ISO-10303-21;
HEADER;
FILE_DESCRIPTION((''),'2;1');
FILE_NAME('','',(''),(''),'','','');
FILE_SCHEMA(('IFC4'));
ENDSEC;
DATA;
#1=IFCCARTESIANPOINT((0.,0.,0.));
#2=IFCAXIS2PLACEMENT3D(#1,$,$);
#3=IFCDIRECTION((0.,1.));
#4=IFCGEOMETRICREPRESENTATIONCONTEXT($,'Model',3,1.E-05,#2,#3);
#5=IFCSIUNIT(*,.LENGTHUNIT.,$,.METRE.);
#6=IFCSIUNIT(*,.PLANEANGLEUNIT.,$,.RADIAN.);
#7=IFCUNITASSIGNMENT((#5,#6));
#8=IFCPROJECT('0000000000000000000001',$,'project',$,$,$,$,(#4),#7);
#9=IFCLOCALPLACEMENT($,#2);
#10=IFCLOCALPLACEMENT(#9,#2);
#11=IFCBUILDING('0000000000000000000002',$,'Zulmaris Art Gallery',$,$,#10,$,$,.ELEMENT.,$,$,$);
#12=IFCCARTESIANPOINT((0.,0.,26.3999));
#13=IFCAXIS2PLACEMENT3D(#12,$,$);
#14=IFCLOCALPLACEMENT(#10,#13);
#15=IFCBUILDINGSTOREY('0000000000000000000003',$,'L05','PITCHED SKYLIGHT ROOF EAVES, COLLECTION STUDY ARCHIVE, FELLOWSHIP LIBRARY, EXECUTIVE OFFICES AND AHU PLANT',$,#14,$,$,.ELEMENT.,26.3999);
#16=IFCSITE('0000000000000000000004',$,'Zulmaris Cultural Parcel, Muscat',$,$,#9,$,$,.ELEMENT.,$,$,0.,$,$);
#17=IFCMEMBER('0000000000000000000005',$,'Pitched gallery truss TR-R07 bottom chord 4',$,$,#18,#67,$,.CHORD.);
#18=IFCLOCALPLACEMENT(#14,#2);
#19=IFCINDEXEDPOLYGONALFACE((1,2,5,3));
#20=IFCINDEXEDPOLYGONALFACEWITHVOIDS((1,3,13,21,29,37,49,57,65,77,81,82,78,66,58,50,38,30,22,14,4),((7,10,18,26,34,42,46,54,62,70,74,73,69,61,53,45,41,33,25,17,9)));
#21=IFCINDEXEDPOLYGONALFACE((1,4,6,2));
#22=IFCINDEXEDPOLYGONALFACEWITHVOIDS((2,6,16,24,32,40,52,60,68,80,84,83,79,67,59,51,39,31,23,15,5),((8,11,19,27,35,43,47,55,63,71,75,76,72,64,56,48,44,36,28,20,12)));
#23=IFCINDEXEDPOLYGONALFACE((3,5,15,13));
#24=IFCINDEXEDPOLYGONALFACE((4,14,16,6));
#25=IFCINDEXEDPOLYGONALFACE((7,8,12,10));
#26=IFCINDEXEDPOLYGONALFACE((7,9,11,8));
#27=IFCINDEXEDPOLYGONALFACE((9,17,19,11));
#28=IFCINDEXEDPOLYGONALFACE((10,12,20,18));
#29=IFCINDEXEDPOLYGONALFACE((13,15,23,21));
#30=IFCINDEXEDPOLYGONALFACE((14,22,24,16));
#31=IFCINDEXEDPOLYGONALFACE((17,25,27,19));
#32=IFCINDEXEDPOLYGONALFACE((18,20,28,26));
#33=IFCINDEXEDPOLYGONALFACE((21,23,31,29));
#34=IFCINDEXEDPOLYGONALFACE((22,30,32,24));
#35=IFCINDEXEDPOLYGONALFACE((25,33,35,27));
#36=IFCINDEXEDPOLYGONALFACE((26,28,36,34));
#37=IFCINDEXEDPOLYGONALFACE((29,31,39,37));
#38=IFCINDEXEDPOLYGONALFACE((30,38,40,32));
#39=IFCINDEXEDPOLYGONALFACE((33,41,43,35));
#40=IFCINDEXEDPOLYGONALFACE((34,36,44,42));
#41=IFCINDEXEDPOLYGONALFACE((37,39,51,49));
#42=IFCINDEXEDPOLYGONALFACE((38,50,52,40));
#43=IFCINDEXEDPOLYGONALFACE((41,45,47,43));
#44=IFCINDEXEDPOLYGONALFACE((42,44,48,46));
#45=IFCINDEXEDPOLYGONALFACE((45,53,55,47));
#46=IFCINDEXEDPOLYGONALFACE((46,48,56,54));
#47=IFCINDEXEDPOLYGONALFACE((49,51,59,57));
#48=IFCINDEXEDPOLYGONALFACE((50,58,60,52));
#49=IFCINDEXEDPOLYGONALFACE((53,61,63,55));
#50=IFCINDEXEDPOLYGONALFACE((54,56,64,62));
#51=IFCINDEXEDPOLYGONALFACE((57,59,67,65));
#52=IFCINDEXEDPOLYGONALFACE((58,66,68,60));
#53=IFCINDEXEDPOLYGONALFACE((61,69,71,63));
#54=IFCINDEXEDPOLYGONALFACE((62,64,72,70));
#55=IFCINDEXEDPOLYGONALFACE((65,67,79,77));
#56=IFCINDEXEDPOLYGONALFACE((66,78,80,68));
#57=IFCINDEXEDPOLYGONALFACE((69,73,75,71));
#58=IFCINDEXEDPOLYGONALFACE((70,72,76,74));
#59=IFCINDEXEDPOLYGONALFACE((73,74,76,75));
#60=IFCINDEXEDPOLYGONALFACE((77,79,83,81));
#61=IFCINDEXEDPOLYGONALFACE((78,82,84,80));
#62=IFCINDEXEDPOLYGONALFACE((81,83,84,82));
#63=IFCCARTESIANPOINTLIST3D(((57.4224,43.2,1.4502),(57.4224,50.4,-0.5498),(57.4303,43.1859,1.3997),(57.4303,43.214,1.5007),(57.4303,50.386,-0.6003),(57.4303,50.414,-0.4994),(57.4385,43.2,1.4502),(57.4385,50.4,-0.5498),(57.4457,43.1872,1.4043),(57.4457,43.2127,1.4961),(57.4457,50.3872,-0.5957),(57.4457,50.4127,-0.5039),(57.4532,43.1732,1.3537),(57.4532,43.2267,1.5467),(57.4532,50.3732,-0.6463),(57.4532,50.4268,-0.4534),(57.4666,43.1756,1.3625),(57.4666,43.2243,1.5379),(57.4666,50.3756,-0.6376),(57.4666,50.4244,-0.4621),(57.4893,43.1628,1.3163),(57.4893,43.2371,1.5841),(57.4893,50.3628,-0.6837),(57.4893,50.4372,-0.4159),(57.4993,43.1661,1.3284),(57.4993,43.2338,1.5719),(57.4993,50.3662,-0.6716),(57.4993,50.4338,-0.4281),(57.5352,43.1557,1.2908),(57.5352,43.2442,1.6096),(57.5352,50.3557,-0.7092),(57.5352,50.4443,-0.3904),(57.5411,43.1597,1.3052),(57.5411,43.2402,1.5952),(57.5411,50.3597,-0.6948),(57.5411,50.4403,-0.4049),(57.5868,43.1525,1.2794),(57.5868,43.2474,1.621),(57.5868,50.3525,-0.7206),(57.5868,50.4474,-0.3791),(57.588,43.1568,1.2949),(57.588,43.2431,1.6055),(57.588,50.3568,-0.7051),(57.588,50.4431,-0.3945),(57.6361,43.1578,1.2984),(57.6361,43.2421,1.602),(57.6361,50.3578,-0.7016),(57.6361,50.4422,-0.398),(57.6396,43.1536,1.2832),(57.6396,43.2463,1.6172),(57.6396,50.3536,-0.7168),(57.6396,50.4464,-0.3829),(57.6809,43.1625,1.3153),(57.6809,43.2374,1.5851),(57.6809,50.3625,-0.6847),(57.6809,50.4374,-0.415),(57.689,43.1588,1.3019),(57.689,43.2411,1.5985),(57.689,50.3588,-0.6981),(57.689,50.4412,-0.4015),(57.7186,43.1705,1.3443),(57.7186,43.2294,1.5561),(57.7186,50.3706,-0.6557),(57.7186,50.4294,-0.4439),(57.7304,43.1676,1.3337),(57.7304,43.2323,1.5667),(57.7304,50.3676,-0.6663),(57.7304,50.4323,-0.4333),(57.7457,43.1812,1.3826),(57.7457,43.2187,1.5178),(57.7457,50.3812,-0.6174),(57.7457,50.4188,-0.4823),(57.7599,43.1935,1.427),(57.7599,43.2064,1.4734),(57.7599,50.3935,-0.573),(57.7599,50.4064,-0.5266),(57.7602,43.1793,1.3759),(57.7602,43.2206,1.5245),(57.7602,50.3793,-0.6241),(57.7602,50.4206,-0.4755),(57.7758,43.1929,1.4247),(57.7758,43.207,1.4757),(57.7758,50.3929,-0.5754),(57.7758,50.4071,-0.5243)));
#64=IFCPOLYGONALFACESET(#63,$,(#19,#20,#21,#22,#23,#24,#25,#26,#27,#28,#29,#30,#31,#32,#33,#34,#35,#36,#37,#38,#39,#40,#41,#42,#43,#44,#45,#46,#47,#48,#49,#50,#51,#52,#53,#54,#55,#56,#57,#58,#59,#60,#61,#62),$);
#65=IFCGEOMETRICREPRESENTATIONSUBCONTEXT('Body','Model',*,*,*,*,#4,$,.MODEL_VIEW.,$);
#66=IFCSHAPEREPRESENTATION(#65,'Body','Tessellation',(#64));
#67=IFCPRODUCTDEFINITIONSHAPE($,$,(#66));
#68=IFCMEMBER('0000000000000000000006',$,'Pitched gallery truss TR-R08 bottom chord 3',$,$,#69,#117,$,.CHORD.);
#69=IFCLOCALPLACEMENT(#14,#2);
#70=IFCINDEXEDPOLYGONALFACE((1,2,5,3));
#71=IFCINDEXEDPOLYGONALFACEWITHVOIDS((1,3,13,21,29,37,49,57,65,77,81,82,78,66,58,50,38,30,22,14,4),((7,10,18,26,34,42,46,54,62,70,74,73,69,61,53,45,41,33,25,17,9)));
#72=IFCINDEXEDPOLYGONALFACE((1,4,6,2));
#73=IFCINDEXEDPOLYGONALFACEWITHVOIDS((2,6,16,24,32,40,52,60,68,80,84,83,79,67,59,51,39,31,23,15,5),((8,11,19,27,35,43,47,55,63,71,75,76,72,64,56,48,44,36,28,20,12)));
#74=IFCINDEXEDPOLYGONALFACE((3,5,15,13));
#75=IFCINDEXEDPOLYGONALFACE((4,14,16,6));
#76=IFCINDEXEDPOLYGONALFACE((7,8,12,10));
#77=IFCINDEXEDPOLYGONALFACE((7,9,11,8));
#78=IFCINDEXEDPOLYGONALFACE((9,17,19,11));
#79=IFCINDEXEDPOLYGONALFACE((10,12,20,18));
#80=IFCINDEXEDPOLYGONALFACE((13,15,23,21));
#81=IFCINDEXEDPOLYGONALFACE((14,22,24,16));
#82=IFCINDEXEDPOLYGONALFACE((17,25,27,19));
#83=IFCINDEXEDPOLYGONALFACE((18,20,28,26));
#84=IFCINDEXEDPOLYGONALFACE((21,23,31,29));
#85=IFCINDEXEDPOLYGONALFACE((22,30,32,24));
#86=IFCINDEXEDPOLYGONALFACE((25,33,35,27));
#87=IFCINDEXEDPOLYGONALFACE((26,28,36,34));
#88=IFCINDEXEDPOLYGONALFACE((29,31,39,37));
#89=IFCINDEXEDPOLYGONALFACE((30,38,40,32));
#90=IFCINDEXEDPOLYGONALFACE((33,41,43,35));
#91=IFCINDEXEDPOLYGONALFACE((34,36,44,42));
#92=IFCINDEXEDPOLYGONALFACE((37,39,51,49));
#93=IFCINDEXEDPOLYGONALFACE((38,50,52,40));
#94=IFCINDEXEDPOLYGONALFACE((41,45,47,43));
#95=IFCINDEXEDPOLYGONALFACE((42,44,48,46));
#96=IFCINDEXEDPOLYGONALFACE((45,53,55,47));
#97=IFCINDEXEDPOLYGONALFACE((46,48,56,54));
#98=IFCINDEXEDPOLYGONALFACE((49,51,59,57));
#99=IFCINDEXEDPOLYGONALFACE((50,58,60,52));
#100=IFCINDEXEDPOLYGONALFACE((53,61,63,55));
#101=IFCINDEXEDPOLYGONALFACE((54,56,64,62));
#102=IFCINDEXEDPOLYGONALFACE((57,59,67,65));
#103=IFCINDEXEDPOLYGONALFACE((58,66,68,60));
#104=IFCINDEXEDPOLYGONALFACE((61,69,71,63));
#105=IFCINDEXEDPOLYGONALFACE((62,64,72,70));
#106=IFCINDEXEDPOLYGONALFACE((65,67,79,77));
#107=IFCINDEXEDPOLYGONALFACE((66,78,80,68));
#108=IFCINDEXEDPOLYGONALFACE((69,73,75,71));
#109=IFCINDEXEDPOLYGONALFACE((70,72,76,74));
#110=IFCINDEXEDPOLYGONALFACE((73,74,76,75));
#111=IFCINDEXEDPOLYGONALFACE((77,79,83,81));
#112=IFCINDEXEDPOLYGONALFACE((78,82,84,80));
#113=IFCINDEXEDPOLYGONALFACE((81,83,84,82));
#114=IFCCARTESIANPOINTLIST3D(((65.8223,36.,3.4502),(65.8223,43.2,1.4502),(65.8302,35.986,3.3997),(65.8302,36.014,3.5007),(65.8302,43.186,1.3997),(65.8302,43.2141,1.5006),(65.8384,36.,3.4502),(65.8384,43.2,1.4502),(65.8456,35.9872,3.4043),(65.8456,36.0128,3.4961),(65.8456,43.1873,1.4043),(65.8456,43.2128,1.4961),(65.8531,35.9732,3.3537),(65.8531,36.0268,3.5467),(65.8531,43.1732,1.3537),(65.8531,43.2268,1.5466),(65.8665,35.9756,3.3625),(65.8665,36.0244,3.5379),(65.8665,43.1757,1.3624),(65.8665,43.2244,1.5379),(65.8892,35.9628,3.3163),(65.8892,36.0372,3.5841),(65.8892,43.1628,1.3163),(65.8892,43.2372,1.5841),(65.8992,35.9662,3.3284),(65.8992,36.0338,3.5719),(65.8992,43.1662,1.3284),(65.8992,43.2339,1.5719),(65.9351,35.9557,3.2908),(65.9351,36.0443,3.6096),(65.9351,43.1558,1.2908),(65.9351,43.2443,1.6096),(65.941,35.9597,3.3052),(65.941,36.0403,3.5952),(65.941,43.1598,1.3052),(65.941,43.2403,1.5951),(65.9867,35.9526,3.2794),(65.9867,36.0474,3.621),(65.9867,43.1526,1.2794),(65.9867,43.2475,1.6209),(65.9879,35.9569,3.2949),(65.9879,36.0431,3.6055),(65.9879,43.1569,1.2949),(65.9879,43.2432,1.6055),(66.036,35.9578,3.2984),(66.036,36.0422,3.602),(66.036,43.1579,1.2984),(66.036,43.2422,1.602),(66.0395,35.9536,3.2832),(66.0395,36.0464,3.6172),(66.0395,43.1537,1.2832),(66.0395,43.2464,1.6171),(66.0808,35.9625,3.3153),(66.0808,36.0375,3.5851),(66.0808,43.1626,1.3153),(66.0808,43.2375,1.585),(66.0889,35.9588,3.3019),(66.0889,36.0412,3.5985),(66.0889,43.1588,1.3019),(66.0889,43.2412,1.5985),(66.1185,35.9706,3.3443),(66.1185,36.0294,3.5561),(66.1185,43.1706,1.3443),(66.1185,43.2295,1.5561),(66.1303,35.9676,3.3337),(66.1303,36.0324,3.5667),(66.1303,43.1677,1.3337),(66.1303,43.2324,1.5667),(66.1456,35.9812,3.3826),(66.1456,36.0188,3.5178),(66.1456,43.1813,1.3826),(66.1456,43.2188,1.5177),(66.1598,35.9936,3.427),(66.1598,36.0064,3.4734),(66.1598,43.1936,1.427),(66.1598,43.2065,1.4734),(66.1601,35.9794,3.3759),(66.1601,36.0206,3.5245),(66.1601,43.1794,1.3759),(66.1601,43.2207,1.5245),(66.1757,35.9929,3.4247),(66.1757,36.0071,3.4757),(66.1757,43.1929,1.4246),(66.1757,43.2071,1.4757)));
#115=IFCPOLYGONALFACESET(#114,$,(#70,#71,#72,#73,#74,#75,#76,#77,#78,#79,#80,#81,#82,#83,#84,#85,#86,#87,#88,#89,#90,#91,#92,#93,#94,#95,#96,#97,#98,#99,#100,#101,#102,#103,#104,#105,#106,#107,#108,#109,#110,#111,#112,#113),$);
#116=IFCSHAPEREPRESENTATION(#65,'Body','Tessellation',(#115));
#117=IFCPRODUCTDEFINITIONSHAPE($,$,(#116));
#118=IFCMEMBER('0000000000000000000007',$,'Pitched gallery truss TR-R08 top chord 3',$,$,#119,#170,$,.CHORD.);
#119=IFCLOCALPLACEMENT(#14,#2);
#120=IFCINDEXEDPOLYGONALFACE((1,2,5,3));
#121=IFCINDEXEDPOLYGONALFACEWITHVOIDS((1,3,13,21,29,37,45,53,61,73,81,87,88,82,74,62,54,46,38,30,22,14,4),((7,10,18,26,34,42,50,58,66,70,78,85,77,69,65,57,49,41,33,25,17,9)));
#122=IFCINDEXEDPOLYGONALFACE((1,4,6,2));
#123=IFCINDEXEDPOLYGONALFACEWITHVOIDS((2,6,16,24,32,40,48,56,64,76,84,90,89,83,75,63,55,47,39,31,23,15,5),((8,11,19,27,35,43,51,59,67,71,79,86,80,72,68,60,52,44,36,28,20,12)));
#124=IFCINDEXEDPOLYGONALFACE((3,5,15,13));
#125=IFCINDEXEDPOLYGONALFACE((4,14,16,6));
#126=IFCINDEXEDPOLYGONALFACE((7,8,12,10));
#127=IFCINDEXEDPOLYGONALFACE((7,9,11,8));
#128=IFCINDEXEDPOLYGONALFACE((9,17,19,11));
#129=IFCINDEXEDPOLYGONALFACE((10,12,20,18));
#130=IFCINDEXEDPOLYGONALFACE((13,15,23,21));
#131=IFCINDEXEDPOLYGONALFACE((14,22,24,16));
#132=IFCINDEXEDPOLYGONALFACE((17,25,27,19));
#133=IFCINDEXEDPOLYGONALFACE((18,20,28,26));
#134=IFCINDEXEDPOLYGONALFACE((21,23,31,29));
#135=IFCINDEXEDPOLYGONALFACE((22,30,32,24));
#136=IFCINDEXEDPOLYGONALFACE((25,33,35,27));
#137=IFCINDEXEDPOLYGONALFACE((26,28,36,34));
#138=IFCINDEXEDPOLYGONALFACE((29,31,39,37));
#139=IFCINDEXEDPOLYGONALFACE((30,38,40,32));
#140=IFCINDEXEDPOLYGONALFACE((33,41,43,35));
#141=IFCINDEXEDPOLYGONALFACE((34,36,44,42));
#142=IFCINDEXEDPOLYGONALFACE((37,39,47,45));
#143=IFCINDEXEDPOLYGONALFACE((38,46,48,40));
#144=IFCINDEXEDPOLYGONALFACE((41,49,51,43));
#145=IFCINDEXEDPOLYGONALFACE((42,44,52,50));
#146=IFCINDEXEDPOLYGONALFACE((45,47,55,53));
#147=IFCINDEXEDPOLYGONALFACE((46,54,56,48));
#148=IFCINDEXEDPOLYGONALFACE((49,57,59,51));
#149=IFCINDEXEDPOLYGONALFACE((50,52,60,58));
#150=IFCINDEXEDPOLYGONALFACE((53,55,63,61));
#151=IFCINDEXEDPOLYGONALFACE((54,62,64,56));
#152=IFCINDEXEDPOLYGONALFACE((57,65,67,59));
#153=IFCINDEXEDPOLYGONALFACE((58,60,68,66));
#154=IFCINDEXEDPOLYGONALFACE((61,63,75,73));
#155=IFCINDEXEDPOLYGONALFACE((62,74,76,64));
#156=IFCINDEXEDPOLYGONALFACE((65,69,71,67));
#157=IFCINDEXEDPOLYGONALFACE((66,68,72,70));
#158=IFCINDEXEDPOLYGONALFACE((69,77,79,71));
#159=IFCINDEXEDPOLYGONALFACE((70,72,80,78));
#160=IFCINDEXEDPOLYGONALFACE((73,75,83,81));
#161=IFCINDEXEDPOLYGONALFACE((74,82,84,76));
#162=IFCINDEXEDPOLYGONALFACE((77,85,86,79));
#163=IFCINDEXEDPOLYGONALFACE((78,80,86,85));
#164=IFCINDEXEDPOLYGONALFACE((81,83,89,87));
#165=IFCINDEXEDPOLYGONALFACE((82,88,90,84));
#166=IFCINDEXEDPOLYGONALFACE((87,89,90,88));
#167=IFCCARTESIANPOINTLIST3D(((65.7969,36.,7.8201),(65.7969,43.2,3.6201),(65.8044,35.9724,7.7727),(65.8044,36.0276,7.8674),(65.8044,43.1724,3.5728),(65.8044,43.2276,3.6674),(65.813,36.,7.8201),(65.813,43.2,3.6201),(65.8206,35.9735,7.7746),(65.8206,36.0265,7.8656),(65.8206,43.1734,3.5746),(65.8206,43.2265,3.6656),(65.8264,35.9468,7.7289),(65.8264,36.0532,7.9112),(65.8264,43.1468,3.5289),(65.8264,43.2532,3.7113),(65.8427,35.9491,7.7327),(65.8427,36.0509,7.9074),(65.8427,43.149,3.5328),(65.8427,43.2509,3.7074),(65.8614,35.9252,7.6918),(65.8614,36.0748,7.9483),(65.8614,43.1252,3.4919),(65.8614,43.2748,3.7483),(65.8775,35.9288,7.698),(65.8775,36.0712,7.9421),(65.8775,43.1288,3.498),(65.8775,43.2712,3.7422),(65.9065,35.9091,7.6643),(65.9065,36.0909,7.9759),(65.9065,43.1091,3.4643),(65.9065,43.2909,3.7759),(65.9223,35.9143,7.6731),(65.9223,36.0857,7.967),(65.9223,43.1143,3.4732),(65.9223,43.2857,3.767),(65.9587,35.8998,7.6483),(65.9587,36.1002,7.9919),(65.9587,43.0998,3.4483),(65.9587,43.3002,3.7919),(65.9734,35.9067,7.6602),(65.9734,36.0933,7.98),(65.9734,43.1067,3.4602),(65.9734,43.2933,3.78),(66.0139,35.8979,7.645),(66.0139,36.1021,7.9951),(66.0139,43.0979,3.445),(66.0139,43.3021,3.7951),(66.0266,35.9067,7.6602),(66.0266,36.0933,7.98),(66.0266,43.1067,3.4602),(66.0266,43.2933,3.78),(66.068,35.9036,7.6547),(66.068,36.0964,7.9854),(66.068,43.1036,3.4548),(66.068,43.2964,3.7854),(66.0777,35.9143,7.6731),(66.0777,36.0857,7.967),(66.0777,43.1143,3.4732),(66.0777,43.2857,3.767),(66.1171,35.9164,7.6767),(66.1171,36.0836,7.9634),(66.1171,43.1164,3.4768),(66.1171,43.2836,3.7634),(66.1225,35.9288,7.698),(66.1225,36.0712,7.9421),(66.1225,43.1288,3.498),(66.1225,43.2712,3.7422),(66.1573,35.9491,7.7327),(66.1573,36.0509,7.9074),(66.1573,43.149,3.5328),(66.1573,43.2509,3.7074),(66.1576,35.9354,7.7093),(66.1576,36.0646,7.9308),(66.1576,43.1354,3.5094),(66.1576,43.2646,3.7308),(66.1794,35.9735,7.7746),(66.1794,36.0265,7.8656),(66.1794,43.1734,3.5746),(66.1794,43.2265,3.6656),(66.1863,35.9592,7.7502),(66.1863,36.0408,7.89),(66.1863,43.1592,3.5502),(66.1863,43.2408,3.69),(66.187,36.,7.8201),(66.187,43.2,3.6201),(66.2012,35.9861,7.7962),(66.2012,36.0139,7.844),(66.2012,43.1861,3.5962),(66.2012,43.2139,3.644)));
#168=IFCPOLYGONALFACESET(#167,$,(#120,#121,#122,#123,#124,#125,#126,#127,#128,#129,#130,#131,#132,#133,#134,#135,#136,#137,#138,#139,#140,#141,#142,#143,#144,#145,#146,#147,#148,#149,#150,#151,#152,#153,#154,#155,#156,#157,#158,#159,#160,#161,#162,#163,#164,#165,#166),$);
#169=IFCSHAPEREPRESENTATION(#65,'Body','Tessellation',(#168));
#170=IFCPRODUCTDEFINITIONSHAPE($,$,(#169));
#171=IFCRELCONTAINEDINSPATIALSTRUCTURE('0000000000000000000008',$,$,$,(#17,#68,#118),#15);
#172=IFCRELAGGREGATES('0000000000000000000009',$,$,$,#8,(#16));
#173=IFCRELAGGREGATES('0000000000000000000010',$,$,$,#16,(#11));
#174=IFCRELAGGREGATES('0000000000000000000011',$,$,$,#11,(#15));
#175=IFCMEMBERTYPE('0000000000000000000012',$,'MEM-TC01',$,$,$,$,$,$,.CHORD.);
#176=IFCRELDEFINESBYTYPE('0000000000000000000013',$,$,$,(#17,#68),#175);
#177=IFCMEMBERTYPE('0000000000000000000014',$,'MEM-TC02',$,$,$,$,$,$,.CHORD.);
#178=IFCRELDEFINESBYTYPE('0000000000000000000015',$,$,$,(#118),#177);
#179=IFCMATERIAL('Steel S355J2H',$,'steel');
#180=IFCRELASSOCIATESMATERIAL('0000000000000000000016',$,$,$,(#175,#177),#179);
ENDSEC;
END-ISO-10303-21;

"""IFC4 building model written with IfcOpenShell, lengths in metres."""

from ifc_helpers import new_model, si_unit, direction, frame, origin, origin_2d, place, context, subcontext, project, spatial, hollow_circle, extrude, material, material_profile, profile_set, type_object, element, save


model = new_model("IFC4")

# Units and contexts
model_context = context("Model", 3, precision=1e-05, world=origin(), true_north=direction((0.0, 1.0)))
body_context = subcontext(model_context, "Body", "Model", "MODEL_VIEW")
ifc_project = project(units=[si_unit("LENGTHUNIT", "METRE"), si_unit("PLANEANGLEUNIT", "RADIAN")], contexts=[model_context])

# Site, building, storey
site_placement = place(None, origin())
site = spatial("IfcSite", under=ifc_project, at=site_placement, Name="Zulmaris Cultural Parcel, Muscat", CompositionType="ELEMENT", RefElevation=0.0)
building_placement = place(site_placement, origin())
building = spatial("IfcBuilding", under=site, at=building_placement, Name="Zulmaris Art Gallery", CompositionType="ELEMENT")
storey_placement = place(building_placement, frame((0.0, 0.0, 26.3999)))
storey = spatial("IfcBuildingStorey", under=building, at=storey_placement, Name="L05", Description="PITCHED SKYLIGHT ROOF EAVES, COLLECTION STUDY ARCHIVE, FELLOWSHIP LIBRARY, EXECUTIVE OFFICES AND AHU PLANT", CompositionType="ELEMENT", Elevation=26.3999)

# Members
ifc_material_1 = material(Name="Steel S355J2H", Category="steel")
ifc_material_profile_1 = material_profile(ifc_material_1, hollow_circle(Radius=0.1777, WallThickness=0.0161, at=origin_2d()), Name="CHS 355.6x16")
ifc_profile_set_1 = profile_set([ifc_material_profile_1], Name="Steel S355J2H")
member_type_1 = type_object("IfcMemberType", Name="MEM-TC01", PredefinedType="CHORD", material=ifc_profile_set_1)
for number, where, z_axis, x_axis, name in (
    (1, (57.6001, 43.2, 1.4502), (0.0, 0.963517, -0.267646), (-1.0, 0.0, 0.0), "Pitched gallery truss TR-R07 bottom chord 4"),
    (2, (66.0, 36.0, 3.4502), (0.0, 0.963517, -0.267646), (-1.0, 0.0, 0.0), "Pitched gallery truss TR-R08 bottom chord 3"),
):
    element("IfcMember", number, at=place(storey_placement, frame(where, z_axis=z_axis, x_axis=x_axis)), inside=storey, type_object=member_type_1, Name=name, PredefinedType="CHORD", context=body_context, shape_type="SweptSolid", body=[
        extrude(hollow_circle(Radius=0.1777, WallThickness=0.0161, at=origin_2d()), origin(), (0.0, 0.0, 1.0), 7.4727),
    ])
ifc_material_profile_2 = material_profile(ifc_material_1, hollow_circle(Radius=0.2031, WallThickness=0.0161, at=origin_2d()), Name="CHS 406.4x16")
ifc_profile_set_2 = profile_set([ifc_material_profile_2], Name="Steel S355J2H")
member_type_2 = type_object("IfcMemberType", Name="MEM-TC02", PredefinedType="CHORD", material=ifc_profile_set_2)
member_1_placement = place(storey_placement, frame((66.0, 36.0, 7.8201), z_axis=(0.0, 0.86378, -0.503869), x_axis=(-1.0, 0.0, 0.0)))
element("IfcMember", 3, at=member_1_placement, inside=storey, type_object=member_type_2, Name="Pitched gallery truss TR-R08 top chord 3", PredefinedType="CHORD", context=body_context, shape_type="SweptSolid", body=[
    extrude(hollow_circle(Radius=0.2031, WallThickness=0.0161, at=origin_2d()), origin(), (0.0, 0.0, 1.0), 8.3354),
])

save(model, "model.ifc")
